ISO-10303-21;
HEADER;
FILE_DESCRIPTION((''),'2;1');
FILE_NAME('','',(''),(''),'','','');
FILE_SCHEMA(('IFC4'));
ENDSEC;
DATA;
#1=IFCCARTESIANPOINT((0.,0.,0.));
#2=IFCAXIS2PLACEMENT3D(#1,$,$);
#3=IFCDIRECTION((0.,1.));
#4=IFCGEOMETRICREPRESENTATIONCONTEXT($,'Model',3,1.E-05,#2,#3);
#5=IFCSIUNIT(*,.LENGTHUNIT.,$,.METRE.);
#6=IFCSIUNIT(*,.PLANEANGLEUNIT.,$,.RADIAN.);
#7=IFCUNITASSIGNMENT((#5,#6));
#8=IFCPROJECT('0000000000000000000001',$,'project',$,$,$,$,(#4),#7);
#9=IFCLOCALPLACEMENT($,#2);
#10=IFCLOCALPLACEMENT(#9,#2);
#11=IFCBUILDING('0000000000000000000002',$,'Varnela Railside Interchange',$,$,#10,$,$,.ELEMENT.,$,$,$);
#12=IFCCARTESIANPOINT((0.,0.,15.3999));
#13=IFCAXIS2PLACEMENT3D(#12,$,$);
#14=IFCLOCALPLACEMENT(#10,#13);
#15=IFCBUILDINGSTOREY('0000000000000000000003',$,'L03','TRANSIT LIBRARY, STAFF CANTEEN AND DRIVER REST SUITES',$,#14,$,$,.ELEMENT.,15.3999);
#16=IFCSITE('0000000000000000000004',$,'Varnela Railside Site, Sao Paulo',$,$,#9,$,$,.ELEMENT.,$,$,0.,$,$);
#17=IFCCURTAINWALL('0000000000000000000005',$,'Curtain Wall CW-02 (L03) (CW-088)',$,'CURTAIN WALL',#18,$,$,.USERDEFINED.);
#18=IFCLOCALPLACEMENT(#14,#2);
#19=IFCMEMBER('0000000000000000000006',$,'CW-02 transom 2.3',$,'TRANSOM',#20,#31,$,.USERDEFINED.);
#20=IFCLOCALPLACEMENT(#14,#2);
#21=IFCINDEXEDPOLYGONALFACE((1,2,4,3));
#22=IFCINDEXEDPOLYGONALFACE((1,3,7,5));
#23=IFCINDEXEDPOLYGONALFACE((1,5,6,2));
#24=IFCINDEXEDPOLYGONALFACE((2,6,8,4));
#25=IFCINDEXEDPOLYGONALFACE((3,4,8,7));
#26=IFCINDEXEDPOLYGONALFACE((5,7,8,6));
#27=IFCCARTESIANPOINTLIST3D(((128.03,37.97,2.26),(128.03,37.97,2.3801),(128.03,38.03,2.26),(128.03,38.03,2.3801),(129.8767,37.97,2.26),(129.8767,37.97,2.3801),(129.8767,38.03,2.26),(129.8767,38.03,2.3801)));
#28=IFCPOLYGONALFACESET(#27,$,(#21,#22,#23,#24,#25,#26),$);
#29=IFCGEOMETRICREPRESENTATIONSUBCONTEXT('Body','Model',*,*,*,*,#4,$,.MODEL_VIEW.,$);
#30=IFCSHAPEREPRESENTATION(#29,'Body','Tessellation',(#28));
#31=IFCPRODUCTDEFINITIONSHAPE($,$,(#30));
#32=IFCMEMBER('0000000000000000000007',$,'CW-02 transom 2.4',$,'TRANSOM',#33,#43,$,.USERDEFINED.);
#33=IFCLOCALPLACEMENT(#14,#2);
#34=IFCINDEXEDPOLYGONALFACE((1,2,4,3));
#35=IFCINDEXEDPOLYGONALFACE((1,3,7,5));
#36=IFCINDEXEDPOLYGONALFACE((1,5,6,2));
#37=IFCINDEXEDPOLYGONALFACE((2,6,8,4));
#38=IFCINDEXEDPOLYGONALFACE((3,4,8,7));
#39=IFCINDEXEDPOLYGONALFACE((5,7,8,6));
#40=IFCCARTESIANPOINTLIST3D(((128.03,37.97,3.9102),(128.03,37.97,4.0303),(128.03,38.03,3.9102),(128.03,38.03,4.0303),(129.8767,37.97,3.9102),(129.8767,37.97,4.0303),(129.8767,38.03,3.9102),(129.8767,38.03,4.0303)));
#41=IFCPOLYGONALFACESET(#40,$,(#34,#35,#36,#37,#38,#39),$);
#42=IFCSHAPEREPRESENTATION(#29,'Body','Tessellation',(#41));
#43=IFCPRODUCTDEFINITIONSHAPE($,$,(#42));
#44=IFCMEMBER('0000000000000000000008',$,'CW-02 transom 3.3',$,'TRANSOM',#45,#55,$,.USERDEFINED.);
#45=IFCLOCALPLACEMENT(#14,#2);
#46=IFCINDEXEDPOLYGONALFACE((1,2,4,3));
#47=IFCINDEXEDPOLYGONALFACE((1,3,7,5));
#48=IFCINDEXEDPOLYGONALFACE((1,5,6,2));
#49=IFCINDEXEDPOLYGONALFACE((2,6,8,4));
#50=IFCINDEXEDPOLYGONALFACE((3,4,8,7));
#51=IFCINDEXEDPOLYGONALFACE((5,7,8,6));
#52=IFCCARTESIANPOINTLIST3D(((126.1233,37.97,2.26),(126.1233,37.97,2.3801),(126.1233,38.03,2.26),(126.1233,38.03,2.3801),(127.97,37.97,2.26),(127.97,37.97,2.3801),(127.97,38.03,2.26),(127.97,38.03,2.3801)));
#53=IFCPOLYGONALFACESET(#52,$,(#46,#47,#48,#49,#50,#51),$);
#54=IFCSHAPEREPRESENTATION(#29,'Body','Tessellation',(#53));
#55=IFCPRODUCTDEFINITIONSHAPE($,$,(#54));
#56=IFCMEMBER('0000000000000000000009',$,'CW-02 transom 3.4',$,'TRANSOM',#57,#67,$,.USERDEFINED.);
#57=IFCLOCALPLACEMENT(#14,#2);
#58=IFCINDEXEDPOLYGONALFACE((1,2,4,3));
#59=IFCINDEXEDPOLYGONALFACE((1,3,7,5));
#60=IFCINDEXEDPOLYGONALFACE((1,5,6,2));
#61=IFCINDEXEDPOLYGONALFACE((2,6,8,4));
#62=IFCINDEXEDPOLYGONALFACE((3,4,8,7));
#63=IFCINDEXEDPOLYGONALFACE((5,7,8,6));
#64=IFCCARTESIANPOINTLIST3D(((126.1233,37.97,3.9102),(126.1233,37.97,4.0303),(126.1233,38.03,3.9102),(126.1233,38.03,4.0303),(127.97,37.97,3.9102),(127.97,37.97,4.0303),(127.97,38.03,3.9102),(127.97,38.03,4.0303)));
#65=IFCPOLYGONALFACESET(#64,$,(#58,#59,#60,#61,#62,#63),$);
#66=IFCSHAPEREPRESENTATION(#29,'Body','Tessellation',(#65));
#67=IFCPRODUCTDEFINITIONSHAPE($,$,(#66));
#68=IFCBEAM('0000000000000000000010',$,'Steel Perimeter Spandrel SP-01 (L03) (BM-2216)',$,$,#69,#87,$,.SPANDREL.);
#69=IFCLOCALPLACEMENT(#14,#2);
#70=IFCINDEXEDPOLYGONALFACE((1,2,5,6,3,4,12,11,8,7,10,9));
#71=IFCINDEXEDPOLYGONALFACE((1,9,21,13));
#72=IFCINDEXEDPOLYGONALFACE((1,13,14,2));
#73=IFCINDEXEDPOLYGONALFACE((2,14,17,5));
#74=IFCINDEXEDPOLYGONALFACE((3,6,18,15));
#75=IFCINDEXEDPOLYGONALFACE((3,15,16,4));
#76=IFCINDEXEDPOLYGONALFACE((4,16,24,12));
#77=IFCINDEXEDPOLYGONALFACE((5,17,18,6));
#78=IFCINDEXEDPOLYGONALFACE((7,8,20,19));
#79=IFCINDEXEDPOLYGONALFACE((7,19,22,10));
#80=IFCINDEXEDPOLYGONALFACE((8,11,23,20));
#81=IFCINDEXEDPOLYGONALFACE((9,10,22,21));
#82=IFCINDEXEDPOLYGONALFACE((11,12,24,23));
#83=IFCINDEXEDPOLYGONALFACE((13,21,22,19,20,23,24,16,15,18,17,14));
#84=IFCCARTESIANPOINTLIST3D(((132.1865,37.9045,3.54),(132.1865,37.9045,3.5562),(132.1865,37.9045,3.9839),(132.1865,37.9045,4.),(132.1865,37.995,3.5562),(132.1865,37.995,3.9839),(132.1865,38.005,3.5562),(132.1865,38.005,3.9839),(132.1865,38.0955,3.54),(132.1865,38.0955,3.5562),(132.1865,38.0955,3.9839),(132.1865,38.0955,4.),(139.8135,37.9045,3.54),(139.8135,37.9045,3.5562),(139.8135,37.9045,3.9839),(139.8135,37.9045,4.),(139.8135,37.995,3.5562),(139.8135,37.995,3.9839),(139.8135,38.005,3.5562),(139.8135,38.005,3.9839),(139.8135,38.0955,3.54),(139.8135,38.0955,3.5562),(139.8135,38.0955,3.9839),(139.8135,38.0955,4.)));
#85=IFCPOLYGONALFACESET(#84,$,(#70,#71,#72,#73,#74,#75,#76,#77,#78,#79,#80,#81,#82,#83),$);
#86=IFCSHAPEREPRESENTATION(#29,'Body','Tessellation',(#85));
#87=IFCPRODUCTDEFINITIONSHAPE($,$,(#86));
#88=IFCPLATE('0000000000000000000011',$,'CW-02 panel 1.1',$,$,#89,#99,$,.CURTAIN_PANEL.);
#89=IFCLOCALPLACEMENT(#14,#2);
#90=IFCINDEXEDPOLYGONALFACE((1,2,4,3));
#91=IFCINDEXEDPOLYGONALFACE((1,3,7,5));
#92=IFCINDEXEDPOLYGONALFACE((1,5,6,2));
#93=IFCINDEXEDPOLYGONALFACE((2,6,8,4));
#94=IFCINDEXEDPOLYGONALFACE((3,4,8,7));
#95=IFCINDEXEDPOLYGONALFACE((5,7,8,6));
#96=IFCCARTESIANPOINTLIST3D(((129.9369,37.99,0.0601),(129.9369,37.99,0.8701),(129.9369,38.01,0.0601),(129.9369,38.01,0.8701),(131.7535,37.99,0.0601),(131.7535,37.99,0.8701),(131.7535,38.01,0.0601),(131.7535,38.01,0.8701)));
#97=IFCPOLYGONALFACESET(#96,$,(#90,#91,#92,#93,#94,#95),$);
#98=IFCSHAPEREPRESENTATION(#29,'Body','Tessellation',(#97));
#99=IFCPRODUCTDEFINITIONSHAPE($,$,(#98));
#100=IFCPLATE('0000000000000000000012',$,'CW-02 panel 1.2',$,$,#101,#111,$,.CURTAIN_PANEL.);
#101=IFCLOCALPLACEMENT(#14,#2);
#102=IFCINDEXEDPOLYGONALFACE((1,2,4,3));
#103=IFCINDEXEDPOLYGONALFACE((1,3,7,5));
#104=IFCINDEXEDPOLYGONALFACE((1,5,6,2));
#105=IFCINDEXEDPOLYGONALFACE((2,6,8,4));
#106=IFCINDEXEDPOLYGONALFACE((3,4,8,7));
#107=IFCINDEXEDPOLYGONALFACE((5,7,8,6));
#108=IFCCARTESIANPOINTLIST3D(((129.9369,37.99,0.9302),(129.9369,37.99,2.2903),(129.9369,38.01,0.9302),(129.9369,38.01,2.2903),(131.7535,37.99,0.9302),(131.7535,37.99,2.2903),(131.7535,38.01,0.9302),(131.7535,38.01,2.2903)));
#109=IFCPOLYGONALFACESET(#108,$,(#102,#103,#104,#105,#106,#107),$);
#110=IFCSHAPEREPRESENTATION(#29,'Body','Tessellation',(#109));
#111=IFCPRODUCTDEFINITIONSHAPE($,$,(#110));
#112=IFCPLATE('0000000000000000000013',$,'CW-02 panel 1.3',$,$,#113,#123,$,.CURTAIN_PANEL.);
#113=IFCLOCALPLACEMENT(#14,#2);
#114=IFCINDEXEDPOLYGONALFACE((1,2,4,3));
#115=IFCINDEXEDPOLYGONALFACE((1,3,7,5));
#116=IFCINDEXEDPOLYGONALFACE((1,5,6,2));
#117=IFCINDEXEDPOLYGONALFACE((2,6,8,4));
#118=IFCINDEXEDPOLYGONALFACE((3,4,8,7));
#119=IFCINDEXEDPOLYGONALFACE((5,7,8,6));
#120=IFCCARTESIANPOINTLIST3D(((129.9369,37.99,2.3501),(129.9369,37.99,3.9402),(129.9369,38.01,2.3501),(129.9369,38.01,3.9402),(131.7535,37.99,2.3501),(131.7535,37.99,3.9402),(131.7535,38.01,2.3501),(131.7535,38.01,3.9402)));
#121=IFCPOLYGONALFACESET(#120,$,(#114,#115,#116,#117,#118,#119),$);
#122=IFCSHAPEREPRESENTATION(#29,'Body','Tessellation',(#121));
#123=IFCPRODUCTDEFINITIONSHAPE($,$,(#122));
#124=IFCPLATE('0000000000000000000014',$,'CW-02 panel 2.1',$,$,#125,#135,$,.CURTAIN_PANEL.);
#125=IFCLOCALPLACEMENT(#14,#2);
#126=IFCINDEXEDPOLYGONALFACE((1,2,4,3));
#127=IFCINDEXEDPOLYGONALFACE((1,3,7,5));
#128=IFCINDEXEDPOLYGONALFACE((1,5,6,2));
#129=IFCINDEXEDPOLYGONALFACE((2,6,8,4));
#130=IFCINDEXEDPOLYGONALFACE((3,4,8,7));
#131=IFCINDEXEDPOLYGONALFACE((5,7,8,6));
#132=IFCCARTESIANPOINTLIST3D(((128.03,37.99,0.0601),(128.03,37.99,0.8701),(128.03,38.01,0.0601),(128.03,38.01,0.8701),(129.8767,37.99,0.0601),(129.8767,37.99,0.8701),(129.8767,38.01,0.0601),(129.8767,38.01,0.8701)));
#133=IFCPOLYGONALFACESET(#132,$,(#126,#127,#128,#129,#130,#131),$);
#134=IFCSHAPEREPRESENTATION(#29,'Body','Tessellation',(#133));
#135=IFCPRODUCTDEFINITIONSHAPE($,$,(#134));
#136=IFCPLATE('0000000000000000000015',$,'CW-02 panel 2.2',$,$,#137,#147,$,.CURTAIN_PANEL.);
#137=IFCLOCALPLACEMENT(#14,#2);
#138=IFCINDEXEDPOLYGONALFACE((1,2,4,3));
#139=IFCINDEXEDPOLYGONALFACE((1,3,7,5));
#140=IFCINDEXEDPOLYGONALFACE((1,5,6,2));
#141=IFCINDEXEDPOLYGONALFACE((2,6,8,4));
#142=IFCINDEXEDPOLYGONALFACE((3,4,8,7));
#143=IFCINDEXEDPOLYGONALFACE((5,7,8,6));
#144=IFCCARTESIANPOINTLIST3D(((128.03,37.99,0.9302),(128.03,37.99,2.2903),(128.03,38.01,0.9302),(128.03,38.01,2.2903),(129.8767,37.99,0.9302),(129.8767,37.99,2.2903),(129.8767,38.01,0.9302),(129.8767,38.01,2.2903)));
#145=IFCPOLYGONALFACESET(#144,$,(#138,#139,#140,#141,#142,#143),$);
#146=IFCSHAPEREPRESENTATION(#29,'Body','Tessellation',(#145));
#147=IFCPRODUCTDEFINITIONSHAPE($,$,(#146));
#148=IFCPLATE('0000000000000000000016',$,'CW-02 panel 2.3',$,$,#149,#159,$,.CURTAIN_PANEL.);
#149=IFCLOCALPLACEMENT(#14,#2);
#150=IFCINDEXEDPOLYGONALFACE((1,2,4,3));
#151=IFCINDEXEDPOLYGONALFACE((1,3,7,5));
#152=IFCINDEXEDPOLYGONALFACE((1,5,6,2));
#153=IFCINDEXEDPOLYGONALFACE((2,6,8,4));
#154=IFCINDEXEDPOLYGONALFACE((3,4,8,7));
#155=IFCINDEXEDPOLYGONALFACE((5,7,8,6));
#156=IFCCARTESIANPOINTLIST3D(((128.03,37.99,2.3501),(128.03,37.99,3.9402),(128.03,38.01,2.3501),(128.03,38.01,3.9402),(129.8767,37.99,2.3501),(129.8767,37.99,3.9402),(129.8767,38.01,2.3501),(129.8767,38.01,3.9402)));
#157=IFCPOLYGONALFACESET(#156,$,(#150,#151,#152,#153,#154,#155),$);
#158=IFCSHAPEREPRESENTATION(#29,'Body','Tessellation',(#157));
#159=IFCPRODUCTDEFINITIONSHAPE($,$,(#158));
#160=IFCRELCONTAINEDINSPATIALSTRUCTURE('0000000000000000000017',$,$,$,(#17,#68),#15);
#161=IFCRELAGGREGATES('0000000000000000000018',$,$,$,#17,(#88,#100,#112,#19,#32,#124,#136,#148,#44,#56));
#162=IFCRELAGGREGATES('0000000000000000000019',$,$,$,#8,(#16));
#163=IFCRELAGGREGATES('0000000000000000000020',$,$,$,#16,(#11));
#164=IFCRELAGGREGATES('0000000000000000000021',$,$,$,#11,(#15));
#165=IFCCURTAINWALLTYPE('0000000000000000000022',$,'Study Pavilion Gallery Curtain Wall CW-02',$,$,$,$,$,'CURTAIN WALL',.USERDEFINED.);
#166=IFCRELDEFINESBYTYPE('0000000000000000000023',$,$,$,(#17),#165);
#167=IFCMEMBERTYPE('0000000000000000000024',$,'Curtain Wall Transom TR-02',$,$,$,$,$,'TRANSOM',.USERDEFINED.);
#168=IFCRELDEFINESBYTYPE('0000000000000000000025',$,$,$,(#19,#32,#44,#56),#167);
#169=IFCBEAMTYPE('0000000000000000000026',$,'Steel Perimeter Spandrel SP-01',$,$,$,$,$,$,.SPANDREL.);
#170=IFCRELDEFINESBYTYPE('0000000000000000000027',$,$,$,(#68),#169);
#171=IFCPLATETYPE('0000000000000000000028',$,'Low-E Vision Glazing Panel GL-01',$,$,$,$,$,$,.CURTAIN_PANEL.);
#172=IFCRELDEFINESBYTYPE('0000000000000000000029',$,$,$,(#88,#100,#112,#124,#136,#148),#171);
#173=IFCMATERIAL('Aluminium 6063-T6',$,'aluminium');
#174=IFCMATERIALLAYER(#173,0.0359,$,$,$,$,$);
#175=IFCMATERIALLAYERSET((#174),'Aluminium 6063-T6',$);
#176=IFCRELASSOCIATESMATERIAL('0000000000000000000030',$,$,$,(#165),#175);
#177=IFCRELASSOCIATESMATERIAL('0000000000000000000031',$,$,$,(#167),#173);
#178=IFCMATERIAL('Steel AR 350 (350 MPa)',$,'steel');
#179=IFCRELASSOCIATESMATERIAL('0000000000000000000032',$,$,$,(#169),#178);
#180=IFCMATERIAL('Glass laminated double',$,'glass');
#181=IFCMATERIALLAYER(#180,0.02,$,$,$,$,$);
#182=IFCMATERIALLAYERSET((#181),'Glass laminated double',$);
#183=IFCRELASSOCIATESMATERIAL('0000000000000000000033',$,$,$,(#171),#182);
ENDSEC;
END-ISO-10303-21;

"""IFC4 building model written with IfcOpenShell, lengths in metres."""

from ifc_helpers import new_model, si_unit, direction, frame, origin, origin_2d, place, context, subcontext, project, spatial, rectangle, i_section, extrude, material, layer, layer_set, material_profile, profile_set, type_object, element, aggregate, save


model = new_model("IFC4")

# Units and contexts
model_context = context("Model", 3, precision=1e-05, world=origin(), true_north=direction((0.0, 1.0)))
body_context = subcontext(model_context, "Body", "Model", "MODEL_VIEW")
ifc_project = project(units=[si_unit("LENGTHUNIT", "METRE"), si_unit("PLANEANGLEUNIT", "RADIAN")], contexts=[model_context])

# Site, building, storey
site_placement = place(None, origin())
site = spatial("IfcSite", under=ifc_project, at=site_placement, Name="Varnela Railside Site, Sao Paulo", CompositionType="ELEMENT", RefElevation=0.0)
building_placement = place(site_placement, origin())
building = spatial("IfcBuilding", under=site, at=building_placement, Name="Varnela Railside Interchange", CompositionType="ELEMENT")
storey_placement = place(building_placement, frame((0.0, 0.0, 15.3999)))
storey = spatial("IfcBuildingStorey", under=building, at=storey_placement, Name="L03", Description="TRANSIT LIBRARY, STAFF CANTEEN AND DRIVER REST SUITES", CompositionType="ELEMENT", Elevation=15.3999)

# Shared definitions
ifc_material_1 = material(Name="Steel AR 350 (350 MPa)", Category="steel")

# Curtain wall, members
ifc_material_2 = material(Name="Aluminium 6063-T6", Category="aluminium")
ifc_layer_1 = layer(ifc_material_2, 0.0359)
ifc_layer_set_1 = layer_set([ifc_layer_1], Name="Aluminium 6063-T6")
curtain_wall_type = type_object("IfcCurtainWallType", Name="Study Pavilion Gallery Curtain Wall CW-02", ElementType="CURTAIN WALL", PredefinedType="USERDEFINED", material=ifc_layer_set_1)
curtain_wall_placement = place(storey_placement, origin())
curtain_wall = element("IfcCurtainWall", 1, at=curtain_wall_placement, inside=storey, type_object=curtain_wall_type, Name="Curtain Wall CW-02 (L03) (CW-088)", ObjectType="CURTAIN WALL", PredefinedType="USERDEFINED")
ifc_material_profile_1 = material_profile(ifc_material_2, rectangle(XDim=0.0601, YDim=0.1201, at=origin_2d()), Name="ALU 60x120")
ifc_profile_set_1 = profile_set([ifc_material_profile_1], Name="Aluminium 6063-T6")
member_type_1 = type_object("IfcMemberType", Name="Curtain Wall Transom TR-02", ElementType="TRANSOM", PredefinedType="USERDEFINED", material=ifc_profile_set_1)
member_1_placement = place(storey_placement, frame((129.8767, 38.0, 2.3201), z_axis=(-1.0, 0.0, 0.0), x_axis=(0.0, -1.0, 0.0)))
member_1 = element("IfcMember", 2, at=member_1_placement, type_object=member_type_1, Name="CW-02 transom 2.3", ObjectType="TRANSOM", PredefinedType="USERDEFINED", context=body_context, shape_type="SweptSolid", body=[
    extrude(rectangle(XDim=0.0601, YDim=0.1201, at=origin_2d()), origin(), (0.0, 0.0, 1.0), 1.8467),
])
member_2_placement = place(storey_placement, frame((129.8767, 38.0, 3.9702), z_axis=(-1.0, 0.0, 0.0), x_axis=(0.0, -1.0, 0.0)))
member_2 = element("IfcMember", 3, at=member_2_placement, type_object=member_type_1, Name="CW-02 transom 2.4", ObjectType="TRANSOM", PredefinedType="USERDEFINED", context=body_context, shape_type="SweptSolid", body=[
    extrude(rectangle(XDim=0.0601, YDim=0.1201, at=origin_2d()), origin(), (0.0, 0.0, 1.0), 1.8467),
])
member_3_placement = place(storey_placement, frame((127.97, 38.0, 2.3201), z_axis=(-1.0, 0.0, 0.0), x_axis=(0.0, -1.0, 0.0)))
member_3 = element("IfcMember", 4, at=member_3_placement, type_object=member_type_1, Name="CW-02 transom 3.3", ObjectType="TRANSOM", PredefinedType="USERDEFINED", context=body_context, shape_type="SweptSolid", body=[
    extrude(rectangle(XDim=0.0601, YDim=0.1201, at=origin_2d()), origin(), (0.0, 0.0, 1.0), 1.8467),
])
member_4_placement = place(storey_placement, frame((127.97, 38.0, 3.9702), z_axis=(-1.0, 0.0, 0.0), x_axis=(0.0, -1.0, 0.0)))
member_4 = element("IfcMember", 5, at=member_4_placement, type_object=member_type_1, Name="CW-02 transom 3.4", ObjectType="TRANSOM", PredefinedType="USERDEFINED", context=body_context, shape_type="SweptSolid", body=[
    extrude(rectangle(XDim=0.0601, YDim=0.1201, at=origin_2d()), origin(), (0.0, 0.0, 1.0), 1.8467),
])

# Beam
ifc_material_profile_2 = material_profile(ifc_material_1, i_section(OverallWidth=0.1909, OverallDepth=0.46, WebThickness=0.01, FlangeThickness=0.0161, at=origin_2d()), Name="W460x82")
ifc_profile_set_2 = profile_set([ifc_material_profile_2], Name="Steel AR 350 (350 MPa)")
beam_type_1 = type_object("IfcBeamType", Name="Steel Perimeter Spandrel SP-01", PredefinedType="SPANDREL", material=ifc_profile_set_2)
beam_1_placement = place(storey_placement, frame((132.1865, 38.0, 3.77), z_axis=(1.0, 0.0, 0.0), x_axis=(0.0, 1.0, 0.0)))
element("IfcBeam", 6, at=beam_1_placement, inside=storey, type_object=beam_type_1, Name="Steel Perimeter Spandrel SP-01 (L03) (BM-2216)", PredefinedType="SPANDREL", context=body_context, shape_type="SweptSolid", body=[
    extrude(i_section(OverallWidth=0.1909, OverallDepth=0.46, WebThickness=0.01, FlangeThickness=0.0161, at=origin_2d()), origin(), (0.0, 0.0, 1.0), 7.627),
])

# Plates
ifc_material_3 = material(Name="Glass laminated double", Category="glass")
ifc_layer_2 = layer(ifc_material_3, 0.02)
ifc_layer_set_2 = layer_set([ifc_layer_2], Name="Glass laminated double")
plate_type = type_object("IfcPlateType", Name="Low-E Vision Glazing Panel GL-01", PredefinedType="CURTAIN_PANEL", material=ifc_layer_set_2)
plate_1_placement = place(storey_placement, frame((130.8452, 38.0, 0.0601), z_axis=(0.0, 0.0, 1.0), x_axis=(-1.0, 0.0, 0.0)))
plate_1 = element("IfcPlate", 7, at=plate_1_placement, type_object=plate_type, Name="CW-02 panel 1.1", PredefinedType="CURTAIN_PANEL", context=body_context, shape_type="SweptSolid", body=[
    extrude(rectangle(XDim=1.8167, YDim=0.02, at=origin_2d()), origin(), (0.0, 0.0, 1.0), 0.8101),
])
plate_2_placement = place(storey_placement, frame((130.8452, 38.0, 0.9302), z_axis=(0.0, 0.0, 1.0), x_axis=(-1.0, 0.0, 0.0)))
plate_2 = element("IfcPlate", 8, at=plate_2_placement, type_object=plate_type, Name="CW-02 panel 1.2", PredefinedType="CURTAIN_PANEL", context=body_context, shape_type="SweptSolid", body=[
    extrude(rectangle(XDim=1.8167, YDim=0.02, at=origin_2d()), origin(), (0.0, 0.0, 1.0), 1.3601),
])
plate_3_placement = place(storey_placement, frame((130.8452, 38.0, 2.3501), z_axis=(0.0, 0.0, 1.0), x_axis=(-1.0, 0.0, 0.0)))
plate_3 = element("IfcPlate", 9, at=plate_3_placement, type_object=plate_type, Name="CW-02 panel 1.3", PredefinedType="CURTAIN_PANEL", context=body_context, shape_type="SweptSolid", body=[
    extrude(rectangle(XDim=1.8167, YDim=0.02, at=origin_2d()), origin(), (0.0, 0.0, 1.0), 1.5901),
])
plate_4_placement = place(storey_placement, frame((128.9534, 38.0, 0.0601), z_axis=(0.0, 0.0, 1.0), x_axis=(-1.0, 0.0, 0.0)))
plate_4 = element("IfcPlate", 10, at=plate_4_placement, type_object=plate_type, Name="CW-02 panel 2.1", PredefinedType="CURTAIN_PANEL", context=body_context, shape_type="SweptSolid", body=[
    extrude(rectangle(XDim=1.8467, YDim=0.02, at=origin_2d()), origin(), (0.0, 0.0, 1.0), 0.8101),
])
plate_5_placement = place(storey_placement, frame((128.9534, 38.0, 0.9302), z_axis=(0.0, 0.0, 1.0), x_axis=(-1.0, 0.0, 0.0)))
plate_5 = element("IfcPlate", 11, at=plate_5_placement, type_object=plate_type, Name="CW-02 panel 2.2", PredefinedType="CURTAIN_PANEL", context=body_context, shape_type="SweptSolid", body=[
    extrude(rectangle(XDim=1.8467, YDim=0.02, at=origin_2d()), origin(), (0.0, 0.0, 1.0), 1.3601),
])
plate_6_placement = place(storey_placement, frame((128.9534, 38.0, 2.3501), z_axis=(0.0, 0.0, 1.0), x_axis=(-1.0, 0.0, 0.0)))
plate_6 = element("IfcPlate", 12, at=plate_6_placement, type_object=plate_type, Name="CW-02 panel 2.3", PredefinedType="CURTAIN_PANEL", context=body_context, shape_type="SweptSolid", body=[
    extrude(rectangle(XDim=1.8467, YDim=0.02, at=origin_2d()), origin(), (0.0, 0.0, 1.0), 1.5901),
])
aggregate(curtain_wall, [plate_1, plate_2, plate_3, member_1, member_2, plate_4, plate_5, plate_6, member_3, member_4])

save(model, "model.ifc")
